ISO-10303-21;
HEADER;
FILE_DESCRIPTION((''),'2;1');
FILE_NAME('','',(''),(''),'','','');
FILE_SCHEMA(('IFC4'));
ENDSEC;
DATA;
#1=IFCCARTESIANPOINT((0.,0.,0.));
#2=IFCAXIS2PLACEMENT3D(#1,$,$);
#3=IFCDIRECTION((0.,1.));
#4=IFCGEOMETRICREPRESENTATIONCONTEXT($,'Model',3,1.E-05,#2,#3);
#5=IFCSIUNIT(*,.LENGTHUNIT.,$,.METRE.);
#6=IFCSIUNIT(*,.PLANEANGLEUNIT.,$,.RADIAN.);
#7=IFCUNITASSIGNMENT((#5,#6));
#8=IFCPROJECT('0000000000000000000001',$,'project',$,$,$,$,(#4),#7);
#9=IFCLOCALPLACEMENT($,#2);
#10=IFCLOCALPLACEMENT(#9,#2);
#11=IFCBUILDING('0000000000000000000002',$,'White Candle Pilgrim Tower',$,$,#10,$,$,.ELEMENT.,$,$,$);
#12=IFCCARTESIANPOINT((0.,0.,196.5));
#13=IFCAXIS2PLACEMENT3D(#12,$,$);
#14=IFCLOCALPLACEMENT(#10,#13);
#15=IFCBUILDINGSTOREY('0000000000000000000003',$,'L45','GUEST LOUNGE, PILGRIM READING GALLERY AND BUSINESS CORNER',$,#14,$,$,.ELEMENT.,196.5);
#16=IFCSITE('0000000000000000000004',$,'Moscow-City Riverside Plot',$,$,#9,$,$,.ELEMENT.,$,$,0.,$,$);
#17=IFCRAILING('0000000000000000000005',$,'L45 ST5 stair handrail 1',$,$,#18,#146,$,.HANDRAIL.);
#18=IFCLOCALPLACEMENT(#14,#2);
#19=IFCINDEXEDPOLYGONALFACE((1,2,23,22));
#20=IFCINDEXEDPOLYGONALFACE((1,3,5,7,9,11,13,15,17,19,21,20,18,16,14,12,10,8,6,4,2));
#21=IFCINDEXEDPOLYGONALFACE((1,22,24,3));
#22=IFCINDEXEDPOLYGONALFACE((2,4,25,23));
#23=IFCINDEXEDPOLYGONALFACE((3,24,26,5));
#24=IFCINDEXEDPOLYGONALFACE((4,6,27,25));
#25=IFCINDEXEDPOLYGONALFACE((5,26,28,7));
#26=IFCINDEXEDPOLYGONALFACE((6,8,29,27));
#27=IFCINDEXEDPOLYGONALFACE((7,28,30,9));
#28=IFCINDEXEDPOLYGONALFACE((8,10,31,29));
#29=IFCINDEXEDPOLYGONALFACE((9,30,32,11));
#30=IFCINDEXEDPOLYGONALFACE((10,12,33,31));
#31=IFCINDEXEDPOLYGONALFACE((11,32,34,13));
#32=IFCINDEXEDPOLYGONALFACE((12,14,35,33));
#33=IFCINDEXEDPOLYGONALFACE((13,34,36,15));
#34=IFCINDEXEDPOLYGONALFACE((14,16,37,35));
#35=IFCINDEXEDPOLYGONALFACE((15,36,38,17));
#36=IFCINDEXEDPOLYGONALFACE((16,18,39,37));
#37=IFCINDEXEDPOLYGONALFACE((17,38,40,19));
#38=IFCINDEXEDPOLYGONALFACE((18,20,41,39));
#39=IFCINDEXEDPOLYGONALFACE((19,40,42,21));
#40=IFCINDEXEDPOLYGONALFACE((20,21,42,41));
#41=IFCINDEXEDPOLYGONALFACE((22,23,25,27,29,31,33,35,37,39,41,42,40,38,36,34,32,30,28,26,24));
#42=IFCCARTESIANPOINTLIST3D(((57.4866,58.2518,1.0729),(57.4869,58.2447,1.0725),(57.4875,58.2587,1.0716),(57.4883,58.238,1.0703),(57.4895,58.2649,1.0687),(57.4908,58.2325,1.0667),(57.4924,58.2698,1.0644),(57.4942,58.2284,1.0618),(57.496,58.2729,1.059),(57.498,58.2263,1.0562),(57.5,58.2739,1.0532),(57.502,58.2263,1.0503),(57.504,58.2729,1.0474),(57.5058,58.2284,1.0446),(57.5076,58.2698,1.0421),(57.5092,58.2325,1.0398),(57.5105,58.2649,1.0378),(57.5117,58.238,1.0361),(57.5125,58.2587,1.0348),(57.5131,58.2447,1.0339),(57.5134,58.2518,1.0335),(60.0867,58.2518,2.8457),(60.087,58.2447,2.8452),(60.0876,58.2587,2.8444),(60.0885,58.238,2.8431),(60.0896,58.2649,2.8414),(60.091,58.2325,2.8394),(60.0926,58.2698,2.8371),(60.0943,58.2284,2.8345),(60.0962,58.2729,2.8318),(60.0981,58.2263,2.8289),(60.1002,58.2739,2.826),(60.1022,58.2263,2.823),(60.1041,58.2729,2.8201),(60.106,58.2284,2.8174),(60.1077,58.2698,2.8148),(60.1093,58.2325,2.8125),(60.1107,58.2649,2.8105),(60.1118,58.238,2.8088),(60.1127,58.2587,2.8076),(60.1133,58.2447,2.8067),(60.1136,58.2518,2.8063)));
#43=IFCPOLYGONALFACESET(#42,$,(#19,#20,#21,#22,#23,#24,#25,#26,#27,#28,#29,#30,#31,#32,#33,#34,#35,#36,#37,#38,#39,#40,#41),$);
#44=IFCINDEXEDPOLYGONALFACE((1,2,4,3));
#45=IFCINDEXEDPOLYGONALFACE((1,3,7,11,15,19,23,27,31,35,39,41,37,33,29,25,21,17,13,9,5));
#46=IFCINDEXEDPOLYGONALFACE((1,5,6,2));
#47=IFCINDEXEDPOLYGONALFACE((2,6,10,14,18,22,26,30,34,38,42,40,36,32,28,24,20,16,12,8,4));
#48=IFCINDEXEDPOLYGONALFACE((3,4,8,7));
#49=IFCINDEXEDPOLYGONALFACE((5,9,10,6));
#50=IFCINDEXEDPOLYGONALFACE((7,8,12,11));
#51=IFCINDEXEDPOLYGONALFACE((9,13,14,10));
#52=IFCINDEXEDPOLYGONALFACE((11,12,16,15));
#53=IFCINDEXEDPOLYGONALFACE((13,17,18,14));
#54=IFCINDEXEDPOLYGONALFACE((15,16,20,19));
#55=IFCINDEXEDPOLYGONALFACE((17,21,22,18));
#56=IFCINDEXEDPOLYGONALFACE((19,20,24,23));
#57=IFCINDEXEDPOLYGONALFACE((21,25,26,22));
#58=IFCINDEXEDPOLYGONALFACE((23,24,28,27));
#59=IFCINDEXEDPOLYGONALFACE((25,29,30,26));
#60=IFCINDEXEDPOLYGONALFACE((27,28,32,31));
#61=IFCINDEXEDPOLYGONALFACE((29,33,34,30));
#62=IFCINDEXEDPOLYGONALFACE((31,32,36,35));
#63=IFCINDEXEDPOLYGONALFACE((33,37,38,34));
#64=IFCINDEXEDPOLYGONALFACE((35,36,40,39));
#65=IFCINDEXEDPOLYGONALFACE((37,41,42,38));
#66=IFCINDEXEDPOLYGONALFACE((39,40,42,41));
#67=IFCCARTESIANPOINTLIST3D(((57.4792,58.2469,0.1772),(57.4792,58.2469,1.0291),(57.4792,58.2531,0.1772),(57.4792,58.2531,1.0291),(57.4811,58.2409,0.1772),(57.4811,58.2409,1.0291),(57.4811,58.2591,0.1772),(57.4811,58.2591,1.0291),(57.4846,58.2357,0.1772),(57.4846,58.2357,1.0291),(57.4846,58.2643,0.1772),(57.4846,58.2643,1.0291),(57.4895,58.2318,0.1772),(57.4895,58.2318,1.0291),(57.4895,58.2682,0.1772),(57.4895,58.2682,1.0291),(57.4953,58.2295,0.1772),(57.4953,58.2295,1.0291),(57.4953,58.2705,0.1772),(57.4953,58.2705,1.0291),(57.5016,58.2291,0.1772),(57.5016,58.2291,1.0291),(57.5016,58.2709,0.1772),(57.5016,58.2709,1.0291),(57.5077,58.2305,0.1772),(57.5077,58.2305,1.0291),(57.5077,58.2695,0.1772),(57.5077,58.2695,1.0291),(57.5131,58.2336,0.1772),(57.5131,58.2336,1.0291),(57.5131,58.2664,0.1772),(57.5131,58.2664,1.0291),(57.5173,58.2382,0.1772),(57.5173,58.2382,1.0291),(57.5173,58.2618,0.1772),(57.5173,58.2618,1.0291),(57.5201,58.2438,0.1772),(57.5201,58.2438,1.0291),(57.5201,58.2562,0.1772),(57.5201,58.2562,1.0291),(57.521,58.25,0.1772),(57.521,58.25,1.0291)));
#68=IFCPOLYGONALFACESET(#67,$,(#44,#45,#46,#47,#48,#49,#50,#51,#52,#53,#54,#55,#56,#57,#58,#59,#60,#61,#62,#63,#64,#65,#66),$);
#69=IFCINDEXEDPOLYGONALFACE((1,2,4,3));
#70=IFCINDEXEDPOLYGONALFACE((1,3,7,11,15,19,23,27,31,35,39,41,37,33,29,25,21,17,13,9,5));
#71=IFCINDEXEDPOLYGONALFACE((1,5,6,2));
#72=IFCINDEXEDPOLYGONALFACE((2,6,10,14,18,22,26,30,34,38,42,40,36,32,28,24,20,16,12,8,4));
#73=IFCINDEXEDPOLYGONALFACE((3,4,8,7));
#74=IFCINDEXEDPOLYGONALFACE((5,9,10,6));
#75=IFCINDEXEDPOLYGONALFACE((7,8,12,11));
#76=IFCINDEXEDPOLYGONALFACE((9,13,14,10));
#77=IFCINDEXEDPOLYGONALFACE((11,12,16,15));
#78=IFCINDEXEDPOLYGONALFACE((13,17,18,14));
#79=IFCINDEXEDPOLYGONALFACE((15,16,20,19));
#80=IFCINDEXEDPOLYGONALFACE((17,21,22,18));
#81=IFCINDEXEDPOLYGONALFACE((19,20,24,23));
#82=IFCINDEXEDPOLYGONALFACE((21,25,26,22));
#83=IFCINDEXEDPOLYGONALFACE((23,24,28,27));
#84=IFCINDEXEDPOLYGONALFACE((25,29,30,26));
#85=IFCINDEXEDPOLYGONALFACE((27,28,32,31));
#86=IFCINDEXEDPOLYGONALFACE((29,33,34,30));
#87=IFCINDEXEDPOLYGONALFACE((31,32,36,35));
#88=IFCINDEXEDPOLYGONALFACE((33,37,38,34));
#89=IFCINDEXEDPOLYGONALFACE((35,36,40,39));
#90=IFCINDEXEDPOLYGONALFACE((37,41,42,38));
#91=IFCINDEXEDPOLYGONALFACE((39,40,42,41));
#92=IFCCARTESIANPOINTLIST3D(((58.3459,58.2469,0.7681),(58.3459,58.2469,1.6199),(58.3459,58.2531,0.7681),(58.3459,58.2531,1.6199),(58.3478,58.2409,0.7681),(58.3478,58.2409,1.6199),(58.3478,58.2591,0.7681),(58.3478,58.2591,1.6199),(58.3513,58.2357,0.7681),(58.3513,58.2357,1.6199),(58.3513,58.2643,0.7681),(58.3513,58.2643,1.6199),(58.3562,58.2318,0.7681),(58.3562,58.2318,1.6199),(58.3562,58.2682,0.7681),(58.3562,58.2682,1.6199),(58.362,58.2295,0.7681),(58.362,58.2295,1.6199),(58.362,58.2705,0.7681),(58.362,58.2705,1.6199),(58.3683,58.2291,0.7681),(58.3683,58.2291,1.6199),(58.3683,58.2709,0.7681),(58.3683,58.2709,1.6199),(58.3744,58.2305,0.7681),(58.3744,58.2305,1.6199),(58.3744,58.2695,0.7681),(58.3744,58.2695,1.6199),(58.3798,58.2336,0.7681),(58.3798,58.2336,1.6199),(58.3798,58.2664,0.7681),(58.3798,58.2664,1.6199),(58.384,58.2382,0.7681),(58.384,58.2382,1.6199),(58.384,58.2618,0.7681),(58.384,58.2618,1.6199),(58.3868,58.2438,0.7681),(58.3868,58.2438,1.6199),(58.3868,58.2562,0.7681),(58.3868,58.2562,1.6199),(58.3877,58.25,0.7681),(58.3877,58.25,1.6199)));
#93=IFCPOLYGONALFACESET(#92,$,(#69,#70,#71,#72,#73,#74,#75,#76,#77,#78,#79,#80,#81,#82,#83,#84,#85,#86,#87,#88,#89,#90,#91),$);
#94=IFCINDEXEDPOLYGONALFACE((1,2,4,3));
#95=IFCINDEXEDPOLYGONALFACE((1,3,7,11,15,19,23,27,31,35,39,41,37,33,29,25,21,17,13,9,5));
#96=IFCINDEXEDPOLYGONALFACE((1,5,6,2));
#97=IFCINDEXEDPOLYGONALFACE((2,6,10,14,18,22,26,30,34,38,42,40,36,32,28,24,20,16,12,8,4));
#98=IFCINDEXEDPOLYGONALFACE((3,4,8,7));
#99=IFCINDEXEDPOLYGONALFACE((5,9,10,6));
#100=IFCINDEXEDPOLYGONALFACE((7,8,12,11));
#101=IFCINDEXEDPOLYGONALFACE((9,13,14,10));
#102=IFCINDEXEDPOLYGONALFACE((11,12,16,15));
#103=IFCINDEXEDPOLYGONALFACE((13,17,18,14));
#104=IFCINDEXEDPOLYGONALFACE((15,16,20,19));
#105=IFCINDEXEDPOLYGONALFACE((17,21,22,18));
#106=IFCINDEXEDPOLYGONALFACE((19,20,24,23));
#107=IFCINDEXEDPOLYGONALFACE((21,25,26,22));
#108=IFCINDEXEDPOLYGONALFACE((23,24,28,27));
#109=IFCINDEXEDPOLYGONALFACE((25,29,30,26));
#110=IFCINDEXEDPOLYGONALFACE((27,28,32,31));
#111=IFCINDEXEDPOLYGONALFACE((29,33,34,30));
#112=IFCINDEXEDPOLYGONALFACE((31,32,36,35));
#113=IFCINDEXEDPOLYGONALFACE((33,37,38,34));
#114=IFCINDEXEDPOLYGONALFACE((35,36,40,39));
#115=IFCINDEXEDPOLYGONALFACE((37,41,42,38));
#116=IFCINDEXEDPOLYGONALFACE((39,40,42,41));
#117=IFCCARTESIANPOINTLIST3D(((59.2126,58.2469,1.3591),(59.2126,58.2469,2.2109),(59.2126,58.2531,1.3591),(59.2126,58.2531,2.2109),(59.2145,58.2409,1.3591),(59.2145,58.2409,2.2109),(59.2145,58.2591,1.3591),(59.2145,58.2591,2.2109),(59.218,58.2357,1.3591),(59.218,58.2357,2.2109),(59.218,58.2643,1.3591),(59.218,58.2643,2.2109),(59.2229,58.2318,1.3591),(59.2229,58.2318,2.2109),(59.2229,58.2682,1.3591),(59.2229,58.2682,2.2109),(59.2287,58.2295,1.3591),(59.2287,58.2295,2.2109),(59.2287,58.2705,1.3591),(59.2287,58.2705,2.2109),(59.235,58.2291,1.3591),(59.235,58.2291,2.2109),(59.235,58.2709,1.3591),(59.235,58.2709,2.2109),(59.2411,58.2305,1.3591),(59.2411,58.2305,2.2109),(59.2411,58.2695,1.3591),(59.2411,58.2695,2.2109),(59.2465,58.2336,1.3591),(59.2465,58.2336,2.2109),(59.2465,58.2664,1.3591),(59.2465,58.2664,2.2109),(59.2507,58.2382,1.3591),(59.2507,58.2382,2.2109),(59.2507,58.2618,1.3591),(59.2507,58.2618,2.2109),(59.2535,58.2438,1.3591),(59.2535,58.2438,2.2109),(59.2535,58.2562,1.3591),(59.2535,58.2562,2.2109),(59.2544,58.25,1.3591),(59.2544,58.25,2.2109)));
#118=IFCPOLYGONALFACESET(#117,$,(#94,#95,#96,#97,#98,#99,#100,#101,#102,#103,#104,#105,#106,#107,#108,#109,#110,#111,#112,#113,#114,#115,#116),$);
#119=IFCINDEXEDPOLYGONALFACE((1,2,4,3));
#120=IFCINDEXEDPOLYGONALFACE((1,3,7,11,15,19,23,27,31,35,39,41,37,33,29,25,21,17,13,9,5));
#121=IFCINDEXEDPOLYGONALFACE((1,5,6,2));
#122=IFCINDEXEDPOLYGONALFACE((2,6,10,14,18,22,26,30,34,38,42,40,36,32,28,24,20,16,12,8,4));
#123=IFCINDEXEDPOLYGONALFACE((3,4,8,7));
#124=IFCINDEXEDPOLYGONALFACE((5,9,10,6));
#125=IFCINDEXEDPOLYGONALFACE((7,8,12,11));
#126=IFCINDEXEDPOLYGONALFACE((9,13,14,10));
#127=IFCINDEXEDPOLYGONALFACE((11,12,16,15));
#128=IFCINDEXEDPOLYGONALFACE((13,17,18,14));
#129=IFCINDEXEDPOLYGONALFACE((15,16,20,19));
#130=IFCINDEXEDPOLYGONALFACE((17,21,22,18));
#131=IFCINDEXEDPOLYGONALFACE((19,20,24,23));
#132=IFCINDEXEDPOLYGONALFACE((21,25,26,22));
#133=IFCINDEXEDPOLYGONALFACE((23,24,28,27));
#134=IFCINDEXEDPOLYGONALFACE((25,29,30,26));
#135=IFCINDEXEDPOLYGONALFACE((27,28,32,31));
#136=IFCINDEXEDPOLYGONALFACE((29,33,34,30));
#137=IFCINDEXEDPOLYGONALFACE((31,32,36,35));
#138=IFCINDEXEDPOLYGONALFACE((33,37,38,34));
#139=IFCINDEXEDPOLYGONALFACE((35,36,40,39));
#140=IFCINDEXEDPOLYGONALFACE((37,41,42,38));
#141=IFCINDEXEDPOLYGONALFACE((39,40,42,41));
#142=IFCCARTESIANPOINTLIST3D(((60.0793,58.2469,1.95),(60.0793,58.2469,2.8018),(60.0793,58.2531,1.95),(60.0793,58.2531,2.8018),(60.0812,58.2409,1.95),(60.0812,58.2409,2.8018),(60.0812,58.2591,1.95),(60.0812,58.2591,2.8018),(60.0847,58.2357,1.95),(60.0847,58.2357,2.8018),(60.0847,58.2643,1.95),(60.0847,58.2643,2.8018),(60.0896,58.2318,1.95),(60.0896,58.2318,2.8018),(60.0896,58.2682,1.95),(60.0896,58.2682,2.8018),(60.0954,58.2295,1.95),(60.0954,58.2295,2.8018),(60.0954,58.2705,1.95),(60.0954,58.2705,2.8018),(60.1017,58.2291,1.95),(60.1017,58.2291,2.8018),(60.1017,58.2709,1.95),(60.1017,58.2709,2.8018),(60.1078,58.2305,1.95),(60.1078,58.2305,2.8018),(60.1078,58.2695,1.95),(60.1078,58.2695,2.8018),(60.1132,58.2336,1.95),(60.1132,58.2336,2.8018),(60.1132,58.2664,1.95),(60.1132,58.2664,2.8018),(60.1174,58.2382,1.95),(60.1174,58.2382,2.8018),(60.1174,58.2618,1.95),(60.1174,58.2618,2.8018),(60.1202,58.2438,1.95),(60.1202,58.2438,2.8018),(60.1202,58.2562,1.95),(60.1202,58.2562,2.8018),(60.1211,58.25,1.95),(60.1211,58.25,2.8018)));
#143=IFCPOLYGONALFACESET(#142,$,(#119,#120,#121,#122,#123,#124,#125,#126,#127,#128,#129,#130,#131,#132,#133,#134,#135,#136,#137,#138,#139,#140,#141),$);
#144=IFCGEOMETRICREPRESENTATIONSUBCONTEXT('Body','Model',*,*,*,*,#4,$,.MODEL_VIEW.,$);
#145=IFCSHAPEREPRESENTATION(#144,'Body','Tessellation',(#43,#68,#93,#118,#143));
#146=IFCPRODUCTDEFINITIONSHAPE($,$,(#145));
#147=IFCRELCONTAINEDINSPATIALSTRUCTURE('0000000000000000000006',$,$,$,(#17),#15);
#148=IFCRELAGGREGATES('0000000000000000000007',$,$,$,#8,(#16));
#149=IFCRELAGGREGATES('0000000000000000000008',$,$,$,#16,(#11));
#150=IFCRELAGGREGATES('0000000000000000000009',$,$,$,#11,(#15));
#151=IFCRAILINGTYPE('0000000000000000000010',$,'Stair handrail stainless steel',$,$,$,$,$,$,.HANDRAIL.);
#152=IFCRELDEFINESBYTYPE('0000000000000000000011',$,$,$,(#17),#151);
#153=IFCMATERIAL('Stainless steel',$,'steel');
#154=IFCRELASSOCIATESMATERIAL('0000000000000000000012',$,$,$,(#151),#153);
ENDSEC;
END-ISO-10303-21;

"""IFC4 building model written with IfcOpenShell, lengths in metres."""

from ifc_helpers import new_model, si_unit, direction, frame, origin, origin_2d, place, context, subcontext, project, spatial, circle, extrude, material, type_object, element, save


model = new_model("IFC4")

# Units and contexts
model_context = context("Model", 3, precision=1e-05, world=origin(), true_north=direction((0.0, 1.0)))
body_context = subcontext(model_context, "Body", "Model", "MODEL_VIEW")
ifc_project = project(units=[si_unit("LENGTHUNIT", "METRE"), si_unit("PLANEANGLEUNIT", "RADIAN")], contexts=[model_context])

# Site, building, storey
site_placement = place(None, origin())
site = spatial("IfcSite", under=ifc_project, at=site_placement, Name="Moscow-City Riverside Plot", CompositionType="ELEMENT", RefElevation=0.0)
building_placement = place(site_placement, origin())
building = spatial("IfcBuilding", under=site, at=building_placement, Name="White Candle Pilgrim Tower", CompositionType="ELEMENT")
storey_placement = place(building_placement, frame((0.0, 0.0, 196.5)))
storey = spatial("IfcBuildingStorey", under=building, at=storey_placement, Name="L45", Description="GUEST LOUNGE, PILGRIM READING GALLERY AND BUSINESS CORNER", CompositionType="ELEMENT", Elevation=196.5)

# Railing
ifc_material_1 = material(Name="Stainless steel", Category="steel")
railing_type_1 = type_object("IfcRailingType", Name="Stair handrail stainless steel", PredefinedType="HANDRAIL", material=ifc_material_1)
railing_1_placement = place(storey_placement, frame((57.5, 58.25, 0.1772)))
element("IfcRailing", 1, at=railing_1_placement, inside=storey, type_object=railing_type_1, Name="L45 ST5 stair handrail 1", PredefinedType="HANDRAIL", context=body_context, shape_type="SweptSolid", body=[
    extrude(circle(Radius=0.0239, at=origin_2d()), frame((0.0, 0.0, 0.876), z_axis=(0.82624, 0.0, 0.563318), x_axis=(0.0, 1.0, 0.0)), (0.0, 0.0, 1.0), 3.147),
    extrude(circle(Radius=0.021, at=origin_2d()), origin(), (0.0, 0.0, 1.0), 0.8518),
    extrude(circle(Radius=0.021, at=origin_2d()), frame((0.8667, 0.0, 0.5908)), (0.0, 0.0, 1.0), 0.8518),
    extrude(circle(Radius=0.021, at=origin_2d()), frame((1.7334, 0.0, 1.1819)), (0.0, 0.0, 1.0), 0.8518),
    extrude(circle(Radius=0.021, at=origin_2d()), frame((2.6001, 0.0, 1.7727)), (0.0, 0.0, 1.0), 0.8518),
])

save(model, "model.ifc")
